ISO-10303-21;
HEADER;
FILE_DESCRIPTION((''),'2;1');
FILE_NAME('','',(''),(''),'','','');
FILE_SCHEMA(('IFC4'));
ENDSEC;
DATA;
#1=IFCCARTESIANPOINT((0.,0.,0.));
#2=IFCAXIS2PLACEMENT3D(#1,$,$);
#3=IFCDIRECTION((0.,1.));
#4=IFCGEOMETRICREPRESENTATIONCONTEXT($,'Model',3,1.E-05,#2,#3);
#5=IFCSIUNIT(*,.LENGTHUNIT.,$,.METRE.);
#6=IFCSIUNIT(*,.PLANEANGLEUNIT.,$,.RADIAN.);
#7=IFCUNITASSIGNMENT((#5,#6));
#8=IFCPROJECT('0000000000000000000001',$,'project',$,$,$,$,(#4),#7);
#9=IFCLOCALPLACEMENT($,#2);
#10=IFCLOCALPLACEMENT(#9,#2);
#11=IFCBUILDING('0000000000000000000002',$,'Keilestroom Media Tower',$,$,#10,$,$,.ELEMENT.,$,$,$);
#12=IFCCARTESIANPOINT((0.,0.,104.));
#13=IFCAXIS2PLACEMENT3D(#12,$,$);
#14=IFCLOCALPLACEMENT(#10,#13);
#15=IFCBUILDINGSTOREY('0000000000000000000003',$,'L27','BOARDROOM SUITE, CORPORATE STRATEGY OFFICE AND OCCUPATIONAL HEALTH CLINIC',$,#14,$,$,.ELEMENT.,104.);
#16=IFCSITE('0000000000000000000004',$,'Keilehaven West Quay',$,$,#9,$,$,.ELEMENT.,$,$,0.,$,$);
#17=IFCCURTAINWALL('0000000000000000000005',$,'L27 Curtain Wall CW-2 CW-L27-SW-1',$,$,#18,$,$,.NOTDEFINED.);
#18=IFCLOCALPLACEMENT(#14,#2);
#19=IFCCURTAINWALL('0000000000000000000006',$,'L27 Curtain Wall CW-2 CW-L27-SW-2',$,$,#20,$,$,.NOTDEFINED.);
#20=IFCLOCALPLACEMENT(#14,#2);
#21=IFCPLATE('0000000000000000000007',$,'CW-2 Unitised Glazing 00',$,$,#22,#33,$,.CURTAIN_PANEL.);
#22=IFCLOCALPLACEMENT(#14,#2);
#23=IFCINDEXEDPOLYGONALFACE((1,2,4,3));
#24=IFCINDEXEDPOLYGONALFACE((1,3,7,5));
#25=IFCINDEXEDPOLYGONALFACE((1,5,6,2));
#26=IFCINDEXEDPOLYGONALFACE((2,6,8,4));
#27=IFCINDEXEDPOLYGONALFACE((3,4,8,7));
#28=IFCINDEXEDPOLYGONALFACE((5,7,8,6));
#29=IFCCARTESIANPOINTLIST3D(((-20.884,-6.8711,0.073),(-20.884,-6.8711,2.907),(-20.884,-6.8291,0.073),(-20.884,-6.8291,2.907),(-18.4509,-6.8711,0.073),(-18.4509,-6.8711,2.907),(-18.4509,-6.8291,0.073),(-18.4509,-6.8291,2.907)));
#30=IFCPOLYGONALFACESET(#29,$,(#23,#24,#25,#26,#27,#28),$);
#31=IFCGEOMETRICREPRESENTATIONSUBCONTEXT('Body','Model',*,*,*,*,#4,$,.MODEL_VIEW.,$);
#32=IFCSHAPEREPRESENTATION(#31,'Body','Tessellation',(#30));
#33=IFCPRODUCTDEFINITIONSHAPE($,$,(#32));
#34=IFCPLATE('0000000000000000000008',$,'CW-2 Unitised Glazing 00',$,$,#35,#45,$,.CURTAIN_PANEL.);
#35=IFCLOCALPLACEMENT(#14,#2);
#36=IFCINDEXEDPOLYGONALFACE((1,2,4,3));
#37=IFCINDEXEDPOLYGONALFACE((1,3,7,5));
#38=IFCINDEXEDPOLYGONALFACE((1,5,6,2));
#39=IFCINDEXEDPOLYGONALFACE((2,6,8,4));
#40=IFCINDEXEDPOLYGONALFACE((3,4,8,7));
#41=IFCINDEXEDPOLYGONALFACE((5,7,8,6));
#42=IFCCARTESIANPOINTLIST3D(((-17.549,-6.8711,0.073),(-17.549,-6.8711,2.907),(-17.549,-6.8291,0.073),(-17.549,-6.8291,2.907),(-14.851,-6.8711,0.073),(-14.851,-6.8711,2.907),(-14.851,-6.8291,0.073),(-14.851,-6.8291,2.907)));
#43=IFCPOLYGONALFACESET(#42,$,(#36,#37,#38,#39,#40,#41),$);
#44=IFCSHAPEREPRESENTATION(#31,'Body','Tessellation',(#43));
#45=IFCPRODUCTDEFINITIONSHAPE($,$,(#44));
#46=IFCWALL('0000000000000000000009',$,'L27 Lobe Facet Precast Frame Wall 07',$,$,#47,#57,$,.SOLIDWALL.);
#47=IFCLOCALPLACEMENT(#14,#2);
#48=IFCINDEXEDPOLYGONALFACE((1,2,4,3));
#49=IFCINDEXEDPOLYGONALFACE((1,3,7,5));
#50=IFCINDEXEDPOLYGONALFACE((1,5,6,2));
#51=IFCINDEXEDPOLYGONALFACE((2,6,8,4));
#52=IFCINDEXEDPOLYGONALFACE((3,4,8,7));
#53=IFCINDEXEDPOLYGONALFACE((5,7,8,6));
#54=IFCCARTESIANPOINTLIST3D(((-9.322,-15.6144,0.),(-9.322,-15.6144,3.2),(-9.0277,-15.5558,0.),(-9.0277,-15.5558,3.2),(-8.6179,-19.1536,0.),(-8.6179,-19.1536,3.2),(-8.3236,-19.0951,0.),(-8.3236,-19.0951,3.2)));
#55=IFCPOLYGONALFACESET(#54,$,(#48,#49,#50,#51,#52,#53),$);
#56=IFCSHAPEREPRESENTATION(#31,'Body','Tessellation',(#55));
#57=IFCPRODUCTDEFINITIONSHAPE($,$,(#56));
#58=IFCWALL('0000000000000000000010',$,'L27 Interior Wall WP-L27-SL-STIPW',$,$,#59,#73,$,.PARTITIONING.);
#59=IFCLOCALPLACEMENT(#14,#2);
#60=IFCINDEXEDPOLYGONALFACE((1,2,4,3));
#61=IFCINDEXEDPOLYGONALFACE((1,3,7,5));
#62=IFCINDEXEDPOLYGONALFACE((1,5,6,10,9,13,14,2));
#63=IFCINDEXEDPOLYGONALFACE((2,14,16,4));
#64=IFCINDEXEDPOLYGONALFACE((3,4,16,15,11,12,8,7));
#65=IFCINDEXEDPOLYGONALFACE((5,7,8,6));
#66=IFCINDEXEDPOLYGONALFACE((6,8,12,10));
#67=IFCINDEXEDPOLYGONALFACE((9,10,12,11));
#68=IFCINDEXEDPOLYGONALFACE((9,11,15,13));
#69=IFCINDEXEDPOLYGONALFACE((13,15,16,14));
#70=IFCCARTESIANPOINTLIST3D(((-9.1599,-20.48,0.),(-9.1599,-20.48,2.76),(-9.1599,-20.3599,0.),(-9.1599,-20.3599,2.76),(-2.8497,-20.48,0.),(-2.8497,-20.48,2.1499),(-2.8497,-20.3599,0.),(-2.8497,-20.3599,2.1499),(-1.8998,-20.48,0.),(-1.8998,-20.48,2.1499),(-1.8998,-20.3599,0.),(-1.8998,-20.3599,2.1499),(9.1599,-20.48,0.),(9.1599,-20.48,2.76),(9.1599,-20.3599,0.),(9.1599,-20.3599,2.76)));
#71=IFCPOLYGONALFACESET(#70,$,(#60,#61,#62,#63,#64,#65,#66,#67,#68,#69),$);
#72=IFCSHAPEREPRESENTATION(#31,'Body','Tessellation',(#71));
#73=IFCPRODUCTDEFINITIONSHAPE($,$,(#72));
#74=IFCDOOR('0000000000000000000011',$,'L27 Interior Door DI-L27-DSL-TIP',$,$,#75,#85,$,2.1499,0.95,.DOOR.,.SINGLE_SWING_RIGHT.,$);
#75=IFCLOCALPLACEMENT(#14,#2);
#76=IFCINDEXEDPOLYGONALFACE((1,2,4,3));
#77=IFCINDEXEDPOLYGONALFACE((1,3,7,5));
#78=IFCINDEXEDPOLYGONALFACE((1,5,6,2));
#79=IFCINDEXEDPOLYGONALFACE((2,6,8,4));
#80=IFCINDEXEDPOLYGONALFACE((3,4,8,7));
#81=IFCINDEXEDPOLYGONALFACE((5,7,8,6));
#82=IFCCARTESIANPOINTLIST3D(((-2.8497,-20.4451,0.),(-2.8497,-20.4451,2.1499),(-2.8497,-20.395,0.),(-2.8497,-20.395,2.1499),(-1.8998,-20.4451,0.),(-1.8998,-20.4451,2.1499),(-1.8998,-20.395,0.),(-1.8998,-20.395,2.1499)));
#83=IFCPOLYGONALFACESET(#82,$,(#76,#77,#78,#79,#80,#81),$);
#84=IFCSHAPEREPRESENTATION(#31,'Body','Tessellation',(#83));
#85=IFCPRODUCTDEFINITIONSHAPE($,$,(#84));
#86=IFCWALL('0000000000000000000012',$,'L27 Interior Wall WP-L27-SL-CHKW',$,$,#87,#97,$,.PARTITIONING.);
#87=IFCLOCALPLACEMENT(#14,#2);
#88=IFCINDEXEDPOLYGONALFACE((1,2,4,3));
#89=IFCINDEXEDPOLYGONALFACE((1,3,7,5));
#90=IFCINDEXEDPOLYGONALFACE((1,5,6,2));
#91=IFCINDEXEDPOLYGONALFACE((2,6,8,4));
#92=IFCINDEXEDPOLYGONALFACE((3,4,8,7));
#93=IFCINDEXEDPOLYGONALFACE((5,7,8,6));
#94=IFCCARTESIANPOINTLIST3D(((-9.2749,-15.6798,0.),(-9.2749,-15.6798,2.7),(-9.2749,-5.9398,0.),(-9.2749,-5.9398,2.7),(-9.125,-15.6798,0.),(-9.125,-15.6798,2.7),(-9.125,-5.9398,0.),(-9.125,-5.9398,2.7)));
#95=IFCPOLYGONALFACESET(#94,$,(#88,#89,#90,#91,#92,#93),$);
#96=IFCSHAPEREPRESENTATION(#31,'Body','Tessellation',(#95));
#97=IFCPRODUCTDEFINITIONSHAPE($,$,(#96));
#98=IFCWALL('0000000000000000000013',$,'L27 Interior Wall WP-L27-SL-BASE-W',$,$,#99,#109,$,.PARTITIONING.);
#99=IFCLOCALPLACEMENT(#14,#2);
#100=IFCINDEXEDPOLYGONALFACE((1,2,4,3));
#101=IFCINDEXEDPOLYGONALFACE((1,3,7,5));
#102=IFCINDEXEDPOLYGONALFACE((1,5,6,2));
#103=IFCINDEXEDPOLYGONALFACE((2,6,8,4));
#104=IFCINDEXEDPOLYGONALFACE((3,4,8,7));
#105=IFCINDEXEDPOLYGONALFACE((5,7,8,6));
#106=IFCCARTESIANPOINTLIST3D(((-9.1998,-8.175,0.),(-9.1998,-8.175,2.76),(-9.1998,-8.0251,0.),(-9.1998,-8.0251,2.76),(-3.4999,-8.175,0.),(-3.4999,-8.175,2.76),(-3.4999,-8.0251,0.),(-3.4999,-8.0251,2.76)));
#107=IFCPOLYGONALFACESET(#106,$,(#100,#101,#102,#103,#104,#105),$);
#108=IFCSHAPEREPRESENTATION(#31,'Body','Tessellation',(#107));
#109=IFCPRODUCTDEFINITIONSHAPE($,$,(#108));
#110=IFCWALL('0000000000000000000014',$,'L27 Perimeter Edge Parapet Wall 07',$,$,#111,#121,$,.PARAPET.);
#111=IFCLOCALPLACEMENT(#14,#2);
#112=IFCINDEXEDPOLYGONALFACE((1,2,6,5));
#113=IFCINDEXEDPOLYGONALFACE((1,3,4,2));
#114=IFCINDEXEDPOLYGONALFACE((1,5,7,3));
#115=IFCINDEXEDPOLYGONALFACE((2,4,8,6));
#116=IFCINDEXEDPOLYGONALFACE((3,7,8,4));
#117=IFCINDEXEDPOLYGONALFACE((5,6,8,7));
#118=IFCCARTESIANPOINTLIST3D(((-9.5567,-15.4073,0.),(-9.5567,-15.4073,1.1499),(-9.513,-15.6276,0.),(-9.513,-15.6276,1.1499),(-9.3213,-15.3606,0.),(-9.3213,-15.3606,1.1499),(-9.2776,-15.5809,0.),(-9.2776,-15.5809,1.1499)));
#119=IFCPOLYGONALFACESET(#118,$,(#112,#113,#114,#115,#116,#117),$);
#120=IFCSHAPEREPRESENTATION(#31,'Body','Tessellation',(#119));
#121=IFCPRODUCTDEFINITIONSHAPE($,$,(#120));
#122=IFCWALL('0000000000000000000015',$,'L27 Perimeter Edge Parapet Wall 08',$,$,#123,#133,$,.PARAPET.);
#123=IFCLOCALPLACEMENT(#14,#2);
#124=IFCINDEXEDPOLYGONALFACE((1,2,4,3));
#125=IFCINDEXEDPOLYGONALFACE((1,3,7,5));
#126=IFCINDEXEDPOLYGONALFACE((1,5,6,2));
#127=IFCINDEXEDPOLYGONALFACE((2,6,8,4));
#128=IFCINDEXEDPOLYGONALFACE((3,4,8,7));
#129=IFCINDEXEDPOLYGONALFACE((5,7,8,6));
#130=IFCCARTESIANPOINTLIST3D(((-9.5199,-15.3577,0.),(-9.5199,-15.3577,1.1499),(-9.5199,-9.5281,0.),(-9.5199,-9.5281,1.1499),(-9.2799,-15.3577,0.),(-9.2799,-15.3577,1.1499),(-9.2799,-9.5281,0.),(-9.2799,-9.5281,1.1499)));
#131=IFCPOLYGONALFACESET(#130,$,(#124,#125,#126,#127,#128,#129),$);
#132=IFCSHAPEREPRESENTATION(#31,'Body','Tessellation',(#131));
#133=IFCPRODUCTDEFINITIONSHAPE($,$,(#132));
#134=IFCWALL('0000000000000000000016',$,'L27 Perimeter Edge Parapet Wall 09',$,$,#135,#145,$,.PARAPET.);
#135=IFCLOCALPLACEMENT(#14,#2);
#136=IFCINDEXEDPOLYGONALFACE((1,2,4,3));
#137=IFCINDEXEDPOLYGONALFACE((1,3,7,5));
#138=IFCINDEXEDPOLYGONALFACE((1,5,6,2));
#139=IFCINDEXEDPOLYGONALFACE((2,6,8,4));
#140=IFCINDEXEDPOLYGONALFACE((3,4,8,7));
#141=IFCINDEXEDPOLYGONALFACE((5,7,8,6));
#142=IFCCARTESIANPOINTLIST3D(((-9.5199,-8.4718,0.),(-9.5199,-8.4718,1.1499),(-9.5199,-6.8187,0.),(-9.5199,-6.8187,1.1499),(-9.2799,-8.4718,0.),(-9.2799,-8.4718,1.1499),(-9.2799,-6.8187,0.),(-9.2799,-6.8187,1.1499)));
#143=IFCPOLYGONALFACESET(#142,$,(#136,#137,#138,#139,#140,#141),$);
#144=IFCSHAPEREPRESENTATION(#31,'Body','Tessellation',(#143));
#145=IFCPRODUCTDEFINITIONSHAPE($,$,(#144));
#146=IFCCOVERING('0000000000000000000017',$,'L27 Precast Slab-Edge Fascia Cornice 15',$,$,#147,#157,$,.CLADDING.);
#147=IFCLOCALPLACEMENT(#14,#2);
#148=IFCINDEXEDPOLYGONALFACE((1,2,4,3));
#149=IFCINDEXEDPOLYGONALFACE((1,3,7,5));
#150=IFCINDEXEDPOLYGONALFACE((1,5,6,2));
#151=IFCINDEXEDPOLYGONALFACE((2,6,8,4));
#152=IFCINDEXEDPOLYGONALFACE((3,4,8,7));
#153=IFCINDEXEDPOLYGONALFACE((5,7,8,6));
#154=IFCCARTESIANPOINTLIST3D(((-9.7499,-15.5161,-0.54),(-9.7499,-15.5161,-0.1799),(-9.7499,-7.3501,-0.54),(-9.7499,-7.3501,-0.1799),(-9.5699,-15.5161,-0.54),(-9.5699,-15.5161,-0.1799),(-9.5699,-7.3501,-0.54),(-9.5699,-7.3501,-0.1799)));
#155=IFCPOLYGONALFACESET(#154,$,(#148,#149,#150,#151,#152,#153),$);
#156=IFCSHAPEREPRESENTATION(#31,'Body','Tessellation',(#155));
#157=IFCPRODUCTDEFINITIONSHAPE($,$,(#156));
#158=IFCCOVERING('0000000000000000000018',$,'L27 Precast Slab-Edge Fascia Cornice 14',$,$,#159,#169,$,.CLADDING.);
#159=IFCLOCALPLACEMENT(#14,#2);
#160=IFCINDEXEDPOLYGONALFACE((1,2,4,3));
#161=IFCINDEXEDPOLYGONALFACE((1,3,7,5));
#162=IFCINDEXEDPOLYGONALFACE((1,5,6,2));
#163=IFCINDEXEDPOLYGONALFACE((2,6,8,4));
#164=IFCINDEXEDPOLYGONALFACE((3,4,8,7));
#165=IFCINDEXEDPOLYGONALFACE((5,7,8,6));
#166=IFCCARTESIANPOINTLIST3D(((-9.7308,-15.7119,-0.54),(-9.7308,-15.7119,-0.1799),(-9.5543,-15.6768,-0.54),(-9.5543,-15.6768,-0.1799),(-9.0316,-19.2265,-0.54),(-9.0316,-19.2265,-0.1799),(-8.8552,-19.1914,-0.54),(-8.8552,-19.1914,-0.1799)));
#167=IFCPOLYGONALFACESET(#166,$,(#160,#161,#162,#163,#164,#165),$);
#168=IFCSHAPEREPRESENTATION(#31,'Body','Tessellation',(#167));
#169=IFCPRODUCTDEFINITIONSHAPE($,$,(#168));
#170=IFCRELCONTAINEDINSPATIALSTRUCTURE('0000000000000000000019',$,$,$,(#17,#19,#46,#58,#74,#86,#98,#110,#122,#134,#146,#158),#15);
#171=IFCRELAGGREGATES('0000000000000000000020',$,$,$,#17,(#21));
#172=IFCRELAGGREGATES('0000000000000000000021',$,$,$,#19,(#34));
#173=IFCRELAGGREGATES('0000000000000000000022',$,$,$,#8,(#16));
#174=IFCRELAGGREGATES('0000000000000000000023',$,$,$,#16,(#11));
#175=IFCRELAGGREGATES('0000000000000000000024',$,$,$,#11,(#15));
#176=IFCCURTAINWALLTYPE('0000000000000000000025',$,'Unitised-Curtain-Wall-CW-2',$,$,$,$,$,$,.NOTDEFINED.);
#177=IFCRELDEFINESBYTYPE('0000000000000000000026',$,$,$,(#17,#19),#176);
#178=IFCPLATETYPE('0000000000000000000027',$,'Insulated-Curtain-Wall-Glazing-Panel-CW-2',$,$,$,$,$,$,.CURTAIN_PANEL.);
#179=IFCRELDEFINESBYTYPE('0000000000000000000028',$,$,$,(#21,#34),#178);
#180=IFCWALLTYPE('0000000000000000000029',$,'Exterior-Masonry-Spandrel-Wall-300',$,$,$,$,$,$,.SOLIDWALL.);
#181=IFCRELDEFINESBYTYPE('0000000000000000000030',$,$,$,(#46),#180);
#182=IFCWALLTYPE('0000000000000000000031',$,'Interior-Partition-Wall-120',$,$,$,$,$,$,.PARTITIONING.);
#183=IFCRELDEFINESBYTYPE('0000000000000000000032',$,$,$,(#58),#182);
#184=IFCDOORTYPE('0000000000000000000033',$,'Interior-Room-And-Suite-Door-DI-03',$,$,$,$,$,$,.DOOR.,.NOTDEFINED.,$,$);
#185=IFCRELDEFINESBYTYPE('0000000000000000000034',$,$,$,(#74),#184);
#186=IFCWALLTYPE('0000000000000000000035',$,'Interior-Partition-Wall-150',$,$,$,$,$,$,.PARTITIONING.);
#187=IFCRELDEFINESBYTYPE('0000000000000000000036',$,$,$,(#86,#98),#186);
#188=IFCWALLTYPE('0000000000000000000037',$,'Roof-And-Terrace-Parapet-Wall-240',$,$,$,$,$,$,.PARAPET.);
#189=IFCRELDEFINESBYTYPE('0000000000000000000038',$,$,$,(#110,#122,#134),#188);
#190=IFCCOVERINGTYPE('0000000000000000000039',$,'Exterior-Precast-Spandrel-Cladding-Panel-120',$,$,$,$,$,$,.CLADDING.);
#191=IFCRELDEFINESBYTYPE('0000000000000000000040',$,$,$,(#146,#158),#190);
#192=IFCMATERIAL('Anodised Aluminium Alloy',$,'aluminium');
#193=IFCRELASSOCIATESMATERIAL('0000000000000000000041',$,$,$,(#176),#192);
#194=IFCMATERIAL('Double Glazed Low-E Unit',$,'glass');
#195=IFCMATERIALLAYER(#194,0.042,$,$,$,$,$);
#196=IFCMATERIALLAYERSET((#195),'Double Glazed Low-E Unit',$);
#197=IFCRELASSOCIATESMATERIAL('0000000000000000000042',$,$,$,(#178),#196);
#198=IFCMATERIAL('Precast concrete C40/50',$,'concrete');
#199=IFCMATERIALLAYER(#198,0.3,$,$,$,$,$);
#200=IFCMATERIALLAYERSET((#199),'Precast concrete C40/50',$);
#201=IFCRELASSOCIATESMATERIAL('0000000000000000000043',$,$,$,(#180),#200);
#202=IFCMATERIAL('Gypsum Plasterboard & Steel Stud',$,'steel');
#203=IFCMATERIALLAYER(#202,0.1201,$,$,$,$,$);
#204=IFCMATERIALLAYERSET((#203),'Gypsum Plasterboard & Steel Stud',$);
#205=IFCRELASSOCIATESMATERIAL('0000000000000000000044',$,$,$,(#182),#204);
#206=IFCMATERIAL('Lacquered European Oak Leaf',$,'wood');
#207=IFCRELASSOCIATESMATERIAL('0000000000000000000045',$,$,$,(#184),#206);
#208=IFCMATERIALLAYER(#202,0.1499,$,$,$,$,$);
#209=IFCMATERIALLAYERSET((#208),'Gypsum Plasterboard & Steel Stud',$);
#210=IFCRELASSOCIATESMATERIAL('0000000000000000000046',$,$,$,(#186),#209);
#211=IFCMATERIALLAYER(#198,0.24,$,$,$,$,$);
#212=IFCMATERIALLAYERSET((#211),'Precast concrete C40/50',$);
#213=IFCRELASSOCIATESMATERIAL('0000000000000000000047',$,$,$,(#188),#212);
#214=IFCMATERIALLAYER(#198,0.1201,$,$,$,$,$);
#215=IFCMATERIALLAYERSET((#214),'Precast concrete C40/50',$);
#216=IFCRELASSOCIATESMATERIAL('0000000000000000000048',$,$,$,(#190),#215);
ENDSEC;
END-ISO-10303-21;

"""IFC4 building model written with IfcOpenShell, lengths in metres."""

from ifc_helpers import new_model, si_unit, direction, frame, frame_2d, origin, origin_2d, place, context, subcontext, project, spatial, rectangle, extrude, source, transform, mapped, material, layer, layer_set, type_object, element, fill, aggregate, save


model = new_model("IFC4")

# Units and contexts
model_context = context("Model", 3, precision=1e-05, world=origin(), true_north=direction((0.0, 1.0)))
body_context = subcontext(model_context, "Body", "Model", "MODEL_VIEW")
ifc_project = project(units=[si_unit("LENGTHUNIT", "METRE"), si_unit("PLANEANGLEUNIT", "RADIAN")], contexts=[model_context])

# Site, building, storey
site_placement = place(None, origin())
site = spatial("IfcSite", under=ifc_project, at=site_placement, Name="Keilehaven West Quay", CompositionType="ELEMENT", RefElevation=0.0)
building_placement = place(site_placement, origin())
building = spatial("IfcBuilding", under=site, at=building_placement, Name="Keilestroom Media Tower", CompositionType="ELEMENT")
storey_placement = place(building_placement, frame((0.0, 0.0, 104.0)))
storey = spatial("IfcBuildingStorey", under=building, at=storey_placement, Name="L27", Description="BOARDROOM SUITE, CORPORATE STRATEGY OFFICE AND OCCUPATIONAL HEALTH CLINIC", CompositionType="ELEMENT", Elevation=104.0)

# Shared definitions
ifc_material_1 = material(Name="Precast concrete C40/50", Category="concrete")

# Curtain walls
ifc_material_2 = material(Name="Anodised Aluminium Alloy", Category="aluminium")
curtain_wall_type = type_object("IfcCurtainWallType", Name="Unitised-Curtain-Wall-CW-2", PredefinedType="NOTDEFINED", material=ifc_material_2)
curtain_wall_1_placement = place(storey_placement, origin())
curtain_wall_1 = element("IfcCurtainWall", 1, at=curtain_wall_1_placement, inside=storey, type_object=curtain_wall_type, Name="L27 Curtain Wall CW-2 CW-L27-SW-1", PredefinedType="NOTDEFINED")
curtain_wall_2_placement = place(storey_placement, origin())
curtain_wall_2 = element("IfcCurtainWall", 2, at=curtain_wall_2_placement, inside=storey, type_object=curtain_wall_type, Name="L27 Curtain Wall CW-2 CW-L27-SW-2", PredefinedType="NOTDEFINED")

# Plates
ifc_material_3 = material(Name="Double Glazed Low-E Unit", Category="glass")
ifc_layer_1 = layer(ifc_material_3, 0.042)
ifc_layer_set_1 = layer_set([ifc_layer_1], Name="Double Glazed Low-E Unit")
plate_type = type_object("IfcPlateType", Name="Insulated-Curtain-Wall-Glazing-Panel-CW-2", PredefinedType="CURTAIN_PANEL", material=ifc_layer_set_1)
shared_shape_1 = source(origin(), body_context, "Body", "SweptSolid", [
    extrude(rectangle(XDim=2.4331, YDim=0.042, at=origin_2d()), origin(), (0.0, 0.0, 1.0), 2.834),
])
plate_1_placement = place(storey_placement, frame((-19.6675, -6.8501, 0.073), z_axis=(0.0, 0.0, 1.0), x_axis=(1.0, 0.0, 0.0)))
plate_1 = element("IfcPlate", 3, at=plate_1_placement, type_object=plate_type, Name="CW-2 Unitised Glazing 00", PredefinedType="CURTAIN_PANEL", context=body_context, shape_type="MappedRepresentation", body=[
    mapped(shared_shape_1, transform((0.0, 0.0, 0.0), x_axis=(1.0, 0.0, 0.0), y_axis=(0.0, 1.0, 0.0), z_axis=(0.0, 0.0, 1.0), scale=1.0)),
])
aggregate(curtain_wall_1, [plate_1])
shared_shape_2 = source(origin(), body_context, "Body", "SweptSolid", [
    extrude(rectangle(XDim=2.698, YDim=0.042, at=origin_2d()), origin(), (0.0, 0.0, 1.0), 2.834),
])
plate_2_placement = place(storey_placement, frame((-16.2, -6.8501, 0.073), z_axis=(0.0, 0.0, 1.0), x_axis=(1.0, 0.0, 0.0)))
plate_2 = element("IfcPlate", 4, at=plate_2_placement, type_object=plate_type, Name="CW-2 Unitised Glazing 00", PredefinedType="CURTAIN_PANEL", context=body_context, shape_type="MappedRepresentation", body=[
    mapped(shared_shape_2, transform((0.0, 0.0, 0.0), x_axis=(1.0, 0.0, 0.0), y_axis=(0.0, 1.0, 0.0), z_axis=(0.0, 0.0, 1.0), scale=1.0)),
])
aggregate(curtain_wall_2, [plate_2])

# Wall
ifc_layer_2 = layer(ifc_material_1, 0.3)
ifc_layer_set_2 = layer_set([ifc_layer_2], Name="Precast concrete C40/50")
wall_type_1 = type_object("IfcWallType", Name="Exterior-Masonry-Spandrel-Wall-300", PredefinedType="SOLIDWALL", material=ifc_layer_set_2)
wall_1_placement = place(storey_placement, frame((-9.1748, -15.5852, 0.0), z_axis=(0.0, 0.0, 1.0), x_axis=(0.195114, -0.980781, 0.0)))
element("IfcWall", 5, at=wall_1_placement, inside=storey, type_object=wall_type_1, Name="L27 Lobe Facet Precast Frame Wall 07", PredefinedType="SOLIDWALL", context=body_context, shape_type="SweptSolid", body=[
    extrude(rectangle(XDim=3.6086, YDim=0.3, at=frame_2d((1.8042, 0.0))), origin(), (0.0, 0.0, 1.0), 3.2),
])

# Wall, opening, door
ifc_material_4 = material(Name="Gypsum Plasterboard & Steel Stud", Category="steel")
ifc_layer_3 = layer(ifc_material_4, 0.1201)
ifc_layer_set_3 = layer_set([ifc_layer_3], Name="Gypsum Plasterboard & Steel Stud")
wall_type_2 = type_object("IfcWallType", Name="Interior-Partition-Wall-120", PredefinedType="PARTITIONING", material=ifc_layer_set_3)
wall_2_placement = place(storey_placement, frame((-9.1599, -20.4199, 0.0), z_axis=(0.0, 0.0, 1.0), x_axis=(1.0, 0.0, 0.0)))
wall_2 = element("IfcWall", 6, at=wall_2_placement, inside=storey, type_object=wall_type_2, Name="L27 Interior Wall WP-L27-SL-STIPW", PredefinedType="PARTITIONING", context=body_context, shape_type="SweptSolid", body=[
    extrude(rectangle(XDim=18.3198, YDim=0.1201, at=frame_2d((9.1599, 0.0))), origin(), (0.0, 0.0, 1.0), 2.76),
])
opening_placement = place(wall_2_placement, frame((6.3101, 0.0, 0.0)))
opening = element("IfcOpeningElement", 7, at=opening_placement, cuts=wall_2, PredefinedType="OPENING", context=body_context, shape_type="SweptSolid", body=[
    extrude(rectangle(XDim=0.95, YDim=2.1499, at=frame_2d((0.4751, 1.075))), frame((0.0, 0.0701, 0.0), z_axis=(0.0, -1.0, 0.0), x_axis=(1.0, 0.0, 0.0)), (0.0, 0.0, 1.0), 0.1401),
])
ifc_material_5 = material(Name="Lacquered European Oak Leaf", Category="wood")
door_type = type_object("IfcDoorType", Name="Interior-Room-And-Suite-Door-DI-03", OperationType="NOTDEFINED", PredefinedType="DOOR", material=ifc_material_5)
shared_shape_3 = source(origin(), body_context, "Body", "SweptSolid", [
    extrude(rectangle(XDim=0.95, YDim=2.1499, at=frame_2d((0.4751, 1.075))), frame((0.0, 0.0249, 0.0), z_axis=(0.0, -1.0, 0.0), x_axis=(1.0, 0.0, 0.0)), (0.0, 0.0, 1.0), 0.05),
])
door_placement = place(opening_placement, origin())
door = element("IfcDoor", 8, at=door_placement, inside=storey, type_object=door_type, Name="L27 Interior Door DI-L27-DSL-TIP", OperationType="SINGLE_SWING_RIGHT", OverallHeight=2.1499, OverallWidth=0.95, PredefinedType="DOOR", context=body_context, shape_type="MappedRepresentation", body=[
    mapped(shared_shape_3, transform((0.0, 0.0, 0.0), x_axis=(1.0, 0.0, 0.0), y_axis=(0.0, 1.0, 0.0), z_axis=(0.0, 0.0, 1.0), scale=1.0)),
])
fill(opening, door)

# Walls
ifc_layer_4 = layer(ifc_material_4, 0.1499)
ifc_layer_set_4 = layer_set([ifc_layer_4], Name="Gypsum Plasterboard & Steel Stud")
wall_type_3 = type_object("IfcWallType", Name="Interior-Partition-Wall-150", PredefinedType="PARTITIONING", material=ifc_layer_set_4)
wall_3_placement = place(storey_placement, frame((-9.2, -15.6799, 0.0), z_axis=(0.0, 0.0, 1.0), x_axis=(0.0, 1.0, 0.0)))
element("IfcWall", 9, at=wall_3_placement, inside=storey, type_object=wall_type_3, Name="L27 Interior Wall WP-L27-SL-CHKW", PredefinedType="PARTITIONING", context=body_context, shape_type="SweptSolid", body=[
    extrude(rectangle(XDim=9.74, YDim=0.1499, at=frame_2d((4.8701, 0.0))), origin(), (0.0, 0.0, 1.0), 2.7),
])
wall_4_placement = place(storey_placement, frame((-9.2, -8.1001, 0.0), z_axis=(0.0, 0.0, 1.0), x_axis=(1.0, 0.0, 0.0)))
element("IfcWall", 10, at=wall_4_placement, inside=storey, type_object=wall_type_3, Name="L27 Interior Wall WP-L27-SL-BASE-W", PredefinedType="PARTITIONING", context=body_context, shape_type="SweptSolid", body=[
    extrude(rectangle(XDim=5.7, YDim=0.1499, at=frame_2d((2.8501, 0.0))), origin(), (0.0, 0.0, 1.0), 2.76),
])
ifc_layer_5 = layer(ifc_material_1, 0.24)
ifc_layer_set_5 = layer_set([ifc_layer_5], Name="Precast concrete C40/50")
wall_type_4 = type_object("IfcWallType", Name="Roof-And-Terrace-Parapet-Wall-240", PredefinedType="PARAPET", material=ifc_layer_set_5)
wall_5_placement = place(storey_placement, frame((-9.3953, -15.6042, 0.0), z_axis=(0.0, 0.0, 1.0), x_axis=(-0.194652, 0.980872, 0.0)))
element("IfcWall", 11, at=wall_5_placement, inside=storey, type_object=wall_type_4, Name="L27 Perimeter Edge Parapet Wall 07", PredefinedType="PARAPET", context=body_context, shape_type="SweptSolid", body=[
    extrude(rectangle(XDim=0.2246, YDim=0.24, at=frame_2d((0.1123, 0.0))), origin(), (0.0, 0.0, 1.0), 1.1499),
])
wall_6_placement = place(storey_placement, frame((-9.3999, -15.3577, 0.0), z_axis=(0.0, 0.0, 1.0), x_axis=(0.0, 1.0, 0.0)))
element("IfcWall", 12, at=wall_6_placement, inside=storey, type_object=wall_type_4, Name="L27 Perimeter Edge Parapet Wall 08", PredefinedType="PARAPET", context=body_context, shape_type="SweptSolid", body=[
    extrude(rectangle(XDim=5.8296, YDim=0.24, at=frame_2d((2.9148, 0.0))), origin(), (0.0, 0.0, 1.0), 1.1499),
])
wall_7_placement = place(storey_placement, frame((-9.3999, -8.4719, 0.0), z_axis=(0.0, 0.0, 1.0), x_axis=(0.0, 1.0, 0.0)))
element("IfcWall", 13, at=wall_7_placement, inside=storey, type_object=wall_type_4, Name="L27 Perimeter Edge Parapet Wall 09", PredefinedType="PARAPET", context=body_context, shape_type="SweptSolid", body=[
    extrude(rectangle(XDim=1.6531, YDim=0.24, at=frame_2d((0.8267, 0.0))), origin(), (0.0, 0.0, 1.0), 1.1499),
])

# Coverings
ifc_layer_6 = layer(ifc_material_1, 0.1201)
ifc_layer_set_6 = layer_set([ifc_layer_6], Name="Precast concrete C40/50")
covering_type = type_object("IfcCoveringType", Name="Exterior-Precast-Spandrel-Cladding-Panel-120", PredefinedType="CLADDING", material=ifc_layer_set_6)
shared_shape_4 = source(origin(), body_context, "Body", "SweptSolid", [
    extrude(rectangle(XDim=8.166, YDim=0.1799, at=origin_2d()), origin(), (0.0, 0.0, 1.0), 0.3601),
])
covering_1_placement = place(storey_placement, frame((-9.6599, -11.4331, -0.54), z_axis=(0.0, 0.0, 1.0), x_axis=(0.0, 1.0, 0.0)))
element("IfcCovering", 14, at=covering_1_placement, inside=storey, type_object=covering_type, Name="L27 Precast Slab-Edge Fascia Cornice 15", PredefinedType="CLADDING", context=body_context, shape_type="MappedRepresentation", body=[
    mapped(shared_shape_4, transform((0.0, 0.0, 0.0), x_axis=(1.0, 0.0, 0.0), y_axis=(0.0, 1.0, 0.0), z_axis=(0.0, 0.0, 1.0), scale=1.0)),
])
shared_shape_5 = source(origin(), body_context, "Body", "SweptSolid", [
    extrude(rectangle(XDim=3.5835, YDim=0.1799, at=origin_2d()), origin(), (0.0, 0.0, 1.0), 0.3601),
])
covering_2_placement = place(storey_placement, frame((-9.293, -17.4517, -0.54), z_axis=(0.0, 0.0, 1.0), x_axis=(-0.195099, 0.980784, 0.0)))
element("IfcCovering", 15, at=covering_2_placement, inside=storey, type_object=covering_type, Name="L27 Precast Slab-Edge Fascia Cornice 14", PredefinedType="CLADDING", context=body_context, shape_type="MappedRepresentation", body=[
    mapped(shared_shape_5, transform((0.0, 0.0, 0.0), x_axis=(1.0, 0.0, 0.0), y_axis=(0.0, 1.0, 0.0), z_axis=(0.0, 0.0, 1.0), scale=1.0)),
])

save(model, "model.ifc")
